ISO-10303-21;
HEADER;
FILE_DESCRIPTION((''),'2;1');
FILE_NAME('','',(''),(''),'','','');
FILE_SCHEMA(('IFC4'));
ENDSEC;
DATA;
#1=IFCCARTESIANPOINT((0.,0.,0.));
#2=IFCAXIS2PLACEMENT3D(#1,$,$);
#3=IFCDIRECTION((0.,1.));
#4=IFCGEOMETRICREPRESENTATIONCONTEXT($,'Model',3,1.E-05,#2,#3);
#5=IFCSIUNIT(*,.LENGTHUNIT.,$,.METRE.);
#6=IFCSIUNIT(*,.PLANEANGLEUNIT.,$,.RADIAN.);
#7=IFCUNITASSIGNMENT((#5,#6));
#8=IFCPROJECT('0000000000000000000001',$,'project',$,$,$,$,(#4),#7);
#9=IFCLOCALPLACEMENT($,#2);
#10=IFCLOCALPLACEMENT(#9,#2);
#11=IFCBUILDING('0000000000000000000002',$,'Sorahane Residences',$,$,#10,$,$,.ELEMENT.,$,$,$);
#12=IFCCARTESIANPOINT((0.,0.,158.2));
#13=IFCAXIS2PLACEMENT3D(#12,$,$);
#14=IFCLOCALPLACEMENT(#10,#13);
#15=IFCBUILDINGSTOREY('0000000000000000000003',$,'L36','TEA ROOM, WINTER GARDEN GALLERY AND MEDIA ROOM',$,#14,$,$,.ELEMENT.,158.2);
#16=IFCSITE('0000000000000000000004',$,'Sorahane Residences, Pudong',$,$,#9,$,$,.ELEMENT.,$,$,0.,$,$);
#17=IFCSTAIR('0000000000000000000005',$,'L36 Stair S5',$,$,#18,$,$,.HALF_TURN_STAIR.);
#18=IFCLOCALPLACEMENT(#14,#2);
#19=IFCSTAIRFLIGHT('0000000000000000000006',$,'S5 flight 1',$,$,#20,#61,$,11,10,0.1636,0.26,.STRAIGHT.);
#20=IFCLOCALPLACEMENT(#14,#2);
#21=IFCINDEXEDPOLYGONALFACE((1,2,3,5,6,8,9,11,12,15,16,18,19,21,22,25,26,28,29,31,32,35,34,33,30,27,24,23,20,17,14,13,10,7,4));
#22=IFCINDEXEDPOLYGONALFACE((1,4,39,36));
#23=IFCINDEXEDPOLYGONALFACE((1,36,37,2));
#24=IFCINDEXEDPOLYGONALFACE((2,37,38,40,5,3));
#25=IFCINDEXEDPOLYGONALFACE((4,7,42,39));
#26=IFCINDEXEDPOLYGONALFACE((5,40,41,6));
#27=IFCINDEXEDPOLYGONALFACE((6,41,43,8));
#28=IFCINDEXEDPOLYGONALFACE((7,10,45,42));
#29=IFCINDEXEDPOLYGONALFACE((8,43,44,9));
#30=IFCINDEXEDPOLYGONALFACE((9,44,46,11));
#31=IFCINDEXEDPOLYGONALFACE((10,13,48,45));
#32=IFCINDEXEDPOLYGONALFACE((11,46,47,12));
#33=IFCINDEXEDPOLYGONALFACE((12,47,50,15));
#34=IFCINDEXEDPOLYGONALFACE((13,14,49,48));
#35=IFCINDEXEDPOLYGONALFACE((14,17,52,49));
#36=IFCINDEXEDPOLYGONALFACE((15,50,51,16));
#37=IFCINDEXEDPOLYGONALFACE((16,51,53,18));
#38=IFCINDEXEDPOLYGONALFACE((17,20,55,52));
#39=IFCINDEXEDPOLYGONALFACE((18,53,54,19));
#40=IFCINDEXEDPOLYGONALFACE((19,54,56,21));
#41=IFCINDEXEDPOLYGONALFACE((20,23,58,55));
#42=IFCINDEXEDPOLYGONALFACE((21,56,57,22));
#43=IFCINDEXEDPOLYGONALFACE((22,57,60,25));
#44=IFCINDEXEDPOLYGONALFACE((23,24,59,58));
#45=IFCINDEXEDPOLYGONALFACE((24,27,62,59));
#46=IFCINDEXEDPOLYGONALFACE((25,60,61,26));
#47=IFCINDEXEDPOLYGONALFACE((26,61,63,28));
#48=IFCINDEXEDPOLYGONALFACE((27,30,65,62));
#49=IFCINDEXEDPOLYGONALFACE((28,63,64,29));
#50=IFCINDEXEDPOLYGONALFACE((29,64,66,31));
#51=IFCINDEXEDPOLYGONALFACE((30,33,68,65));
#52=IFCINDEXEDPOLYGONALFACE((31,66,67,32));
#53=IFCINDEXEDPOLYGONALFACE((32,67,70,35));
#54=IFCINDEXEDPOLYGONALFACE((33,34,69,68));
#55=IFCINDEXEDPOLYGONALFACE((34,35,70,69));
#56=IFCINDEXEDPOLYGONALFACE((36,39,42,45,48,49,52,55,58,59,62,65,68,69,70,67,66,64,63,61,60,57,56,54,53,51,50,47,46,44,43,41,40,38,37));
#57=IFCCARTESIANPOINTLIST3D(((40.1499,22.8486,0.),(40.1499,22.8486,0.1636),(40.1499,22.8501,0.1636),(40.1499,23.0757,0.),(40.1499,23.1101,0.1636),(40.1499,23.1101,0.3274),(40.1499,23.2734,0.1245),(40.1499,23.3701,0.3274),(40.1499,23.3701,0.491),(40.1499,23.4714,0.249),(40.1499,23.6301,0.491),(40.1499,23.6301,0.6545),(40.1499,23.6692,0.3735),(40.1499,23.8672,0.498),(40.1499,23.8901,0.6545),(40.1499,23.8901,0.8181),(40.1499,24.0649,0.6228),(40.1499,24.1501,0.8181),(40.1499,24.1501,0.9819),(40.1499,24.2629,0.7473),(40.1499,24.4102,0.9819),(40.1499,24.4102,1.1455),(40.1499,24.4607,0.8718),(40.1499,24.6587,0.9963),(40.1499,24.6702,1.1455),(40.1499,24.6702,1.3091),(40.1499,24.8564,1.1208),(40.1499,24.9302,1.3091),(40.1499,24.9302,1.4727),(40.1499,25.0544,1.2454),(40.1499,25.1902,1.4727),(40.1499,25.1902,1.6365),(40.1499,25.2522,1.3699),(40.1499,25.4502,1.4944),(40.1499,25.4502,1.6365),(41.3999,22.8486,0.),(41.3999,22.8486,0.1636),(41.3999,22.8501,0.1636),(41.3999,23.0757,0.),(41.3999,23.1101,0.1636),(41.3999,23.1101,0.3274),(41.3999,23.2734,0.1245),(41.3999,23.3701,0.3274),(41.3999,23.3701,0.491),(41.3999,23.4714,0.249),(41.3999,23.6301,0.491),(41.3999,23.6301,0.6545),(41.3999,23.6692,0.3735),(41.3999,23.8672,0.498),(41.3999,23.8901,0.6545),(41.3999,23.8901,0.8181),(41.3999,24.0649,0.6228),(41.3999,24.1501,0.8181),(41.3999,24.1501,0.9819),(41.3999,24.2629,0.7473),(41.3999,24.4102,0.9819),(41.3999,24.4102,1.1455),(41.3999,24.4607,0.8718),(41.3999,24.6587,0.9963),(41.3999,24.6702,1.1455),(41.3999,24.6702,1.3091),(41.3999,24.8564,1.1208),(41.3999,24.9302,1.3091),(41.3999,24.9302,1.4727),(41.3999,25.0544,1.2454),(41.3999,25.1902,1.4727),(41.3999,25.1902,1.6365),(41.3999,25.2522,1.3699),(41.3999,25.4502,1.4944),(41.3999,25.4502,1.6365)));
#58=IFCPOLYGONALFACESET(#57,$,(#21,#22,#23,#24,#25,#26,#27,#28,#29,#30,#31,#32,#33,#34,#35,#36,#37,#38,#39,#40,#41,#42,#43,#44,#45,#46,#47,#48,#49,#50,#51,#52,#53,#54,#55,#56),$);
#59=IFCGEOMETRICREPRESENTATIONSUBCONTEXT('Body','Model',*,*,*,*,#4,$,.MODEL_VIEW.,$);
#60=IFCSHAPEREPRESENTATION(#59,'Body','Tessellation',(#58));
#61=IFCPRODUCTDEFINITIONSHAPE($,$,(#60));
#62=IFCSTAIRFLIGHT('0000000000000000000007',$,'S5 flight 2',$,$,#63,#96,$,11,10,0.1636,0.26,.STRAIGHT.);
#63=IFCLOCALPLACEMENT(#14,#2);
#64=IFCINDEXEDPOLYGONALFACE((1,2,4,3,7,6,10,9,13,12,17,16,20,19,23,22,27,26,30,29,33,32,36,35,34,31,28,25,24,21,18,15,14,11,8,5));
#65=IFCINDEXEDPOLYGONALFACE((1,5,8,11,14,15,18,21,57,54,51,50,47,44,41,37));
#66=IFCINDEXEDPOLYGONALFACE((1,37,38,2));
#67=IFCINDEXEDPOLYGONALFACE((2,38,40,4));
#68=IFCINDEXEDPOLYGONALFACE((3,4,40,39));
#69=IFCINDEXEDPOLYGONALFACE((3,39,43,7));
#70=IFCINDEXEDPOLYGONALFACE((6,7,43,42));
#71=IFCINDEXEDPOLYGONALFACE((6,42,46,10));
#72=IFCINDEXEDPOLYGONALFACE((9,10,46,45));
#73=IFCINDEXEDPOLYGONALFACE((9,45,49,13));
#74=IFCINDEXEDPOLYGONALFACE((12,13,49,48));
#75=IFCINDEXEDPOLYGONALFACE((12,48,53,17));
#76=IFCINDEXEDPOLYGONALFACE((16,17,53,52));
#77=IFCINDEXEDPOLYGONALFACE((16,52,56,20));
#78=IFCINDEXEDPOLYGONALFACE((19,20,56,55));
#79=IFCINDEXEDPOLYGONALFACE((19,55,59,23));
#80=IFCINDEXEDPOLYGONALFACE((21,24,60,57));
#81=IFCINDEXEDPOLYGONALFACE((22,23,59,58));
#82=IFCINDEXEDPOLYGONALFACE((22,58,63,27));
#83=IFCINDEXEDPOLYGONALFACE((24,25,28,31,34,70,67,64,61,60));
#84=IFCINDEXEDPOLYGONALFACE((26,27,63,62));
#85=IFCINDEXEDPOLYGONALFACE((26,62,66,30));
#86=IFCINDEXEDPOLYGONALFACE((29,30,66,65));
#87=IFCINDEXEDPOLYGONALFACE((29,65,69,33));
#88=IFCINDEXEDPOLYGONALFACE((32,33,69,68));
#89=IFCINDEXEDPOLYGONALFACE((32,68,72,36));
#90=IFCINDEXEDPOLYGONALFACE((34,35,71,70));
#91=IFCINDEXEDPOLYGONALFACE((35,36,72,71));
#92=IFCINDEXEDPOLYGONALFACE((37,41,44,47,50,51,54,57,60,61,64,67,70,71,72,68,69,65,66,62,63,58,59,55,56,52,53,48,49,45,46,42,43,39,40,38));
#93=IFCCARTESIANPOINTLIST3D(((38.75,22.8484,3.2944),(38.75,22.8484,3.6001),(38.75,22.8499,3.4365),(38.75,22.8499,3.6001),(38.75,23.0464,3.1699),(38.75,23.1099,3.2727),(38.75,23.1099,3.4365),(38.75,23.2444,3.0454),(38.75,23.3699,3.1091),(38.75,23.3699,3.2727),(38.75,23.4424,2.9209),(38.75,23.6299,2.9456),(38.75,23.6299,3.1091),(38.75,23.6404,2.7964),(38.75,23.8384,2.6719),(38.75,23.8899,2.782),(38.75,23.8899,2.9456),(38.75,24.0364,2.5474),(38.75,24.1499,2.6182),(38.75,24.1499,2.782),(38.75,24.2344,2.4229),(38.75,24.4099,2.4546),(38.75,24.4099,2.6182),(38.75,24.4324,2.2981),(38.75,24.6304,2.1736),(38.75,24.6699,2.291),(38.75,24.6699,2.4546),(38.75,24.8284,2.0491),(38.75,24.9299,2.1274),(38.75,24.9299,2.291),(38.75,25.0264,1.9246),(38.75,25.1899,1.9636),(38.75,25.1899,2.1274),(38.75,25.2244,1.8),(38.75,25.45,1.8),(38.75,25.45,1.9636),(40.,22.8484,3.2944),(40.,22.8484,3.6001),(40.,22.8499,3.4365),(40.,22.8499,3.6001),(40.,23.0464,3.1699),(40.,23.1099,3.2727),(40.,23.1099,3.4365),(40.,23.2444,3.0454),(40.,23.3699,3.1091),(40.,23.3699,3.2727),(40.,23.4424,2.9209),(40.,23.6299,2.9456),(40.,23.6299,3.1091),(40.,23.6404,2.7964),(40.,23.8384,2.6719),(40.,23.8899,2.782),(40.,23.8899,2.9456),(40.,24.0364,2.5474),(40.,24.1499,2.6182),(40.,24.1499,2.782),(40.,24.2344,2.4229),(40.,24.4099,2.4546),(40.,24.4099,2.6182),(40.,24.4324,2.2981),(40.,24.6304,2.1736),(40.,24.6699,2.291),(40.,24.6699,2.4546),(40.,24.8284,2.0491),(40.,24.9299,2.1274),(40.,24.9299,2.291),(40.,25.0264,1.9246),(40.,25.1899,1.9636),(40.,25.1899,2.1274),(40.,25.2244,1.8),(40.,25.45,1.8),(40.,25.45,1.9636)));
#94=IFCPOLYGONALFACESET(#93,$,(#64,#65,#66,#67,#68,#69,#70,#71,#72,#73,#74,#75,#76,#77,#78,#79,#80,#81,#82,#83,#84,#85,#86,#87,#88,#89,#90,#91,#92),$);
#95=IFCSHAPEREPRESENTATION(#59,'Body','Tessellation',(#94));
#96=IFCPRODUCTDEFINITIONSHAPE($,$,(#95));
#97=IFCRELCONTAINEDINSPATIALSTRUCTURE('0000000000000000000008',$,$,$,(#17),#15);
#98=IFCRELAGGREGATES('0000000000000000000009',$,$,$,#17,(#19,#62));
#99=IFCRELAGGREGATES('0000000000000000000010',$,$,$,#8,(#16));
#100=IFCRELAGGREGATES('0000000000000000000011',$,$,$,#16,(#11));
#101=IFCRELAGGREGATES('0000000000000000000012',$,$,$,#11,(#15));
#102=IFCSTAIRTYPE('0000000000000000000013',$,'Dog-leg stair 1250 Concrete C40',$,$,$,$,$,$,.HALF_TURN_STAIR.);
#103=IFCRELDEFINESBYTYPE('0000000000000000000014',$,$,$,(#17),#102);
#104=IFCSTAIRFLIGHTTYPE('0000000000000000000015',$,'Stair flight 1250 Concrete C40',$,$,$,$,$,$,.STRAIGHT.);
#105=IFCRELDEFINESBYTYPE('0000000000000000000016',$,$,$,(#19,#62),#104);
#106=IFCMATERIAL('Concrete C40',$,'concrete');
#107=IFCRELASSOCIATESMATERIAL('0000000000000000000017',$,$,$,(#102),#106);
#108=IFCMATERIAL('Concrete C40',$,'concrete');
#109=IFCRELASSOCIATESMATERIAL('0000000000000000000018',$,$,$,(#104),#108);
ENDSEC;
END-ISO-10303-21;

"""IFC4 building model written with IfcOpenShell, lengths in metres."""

from ifc_helpers import new_model, si_unit, direction, frame, origin, place, context, subcontext, project, spatial, polyline, outline, extrude, material, type_object, element, aggregate, save


model = new_model("IFC4")

# Units and contexts
model_context = context("Model", 3, precision=1e-05, world=origin(), true_north=direction((0.0, 1.0)))
body_context = subcontext(model_context, "Body", "Model", "MODEL_VIEW")
ifc_project = project(units=[si_unit("LENGTHUNIT", "METRE"), si_unit("PLANEANGLEUNIT", "RADIAN")], contexts=[model_context])

# Site, building, storey
site_placement = place(None, origin())
site = spatial("IfcSite", under=ifc_project, at=site_placement, Name="Sorahane Residences, Pudong", CompositionType="ELEMENT", RefElevation=0.0)
building_placement = place(site_placement, origin())
building = spatial("IfcBuilding", under=site, at=building_placement, Name="Sorahane Residences", CompositionType="ELEMENT")
storey_placement = place(building_placement, frame((0.0, 0.0, 158.2)))
storey = spatial("IfcBuildingStorey", under=building, at=storey_placement, Name="L36", Description="TEA ROOM, WINTER GARDEN GALLERY AND MEDIA ROOM", CompositionType="ELEMENT", Elevation=158.2)

# Stair, stair flights
ifc_material_1 = material(Name="Concrete C40", Category="concrete")
stair_type = type_object("IfcStairType", Name="Dog-leg stair 1250 Concrete C40", PredefinedType="HALF_TURN_STAIR", material=ifc_material_1)
stair_placement = place(storey_placement, origin())
stair = element("IfcStair", 1, at=stair_placement, inside=storey, type_object=stair_type, Name="L36 Stair S5", PredefinedType="HALF_TURN_STAIR")
ifc_material_2 = material(Name="Concrete C40", Category="concrete")
stair_flight_type = type_object("IfcStairFlightType", Name="Stair flight 1250 Concrete C40", PredefinedType="STRAIGHT", material=ifc_material_2)
stair_flight_1_placement = place(storey_placement, frame((40.7749, 22.8501, 0.0), z_axis=(0.0, 0.0, 1.0), x_axis=(0.0, 1.0, 0.0)))
stair_flight_1 = element("IfcStairFlight", 2, at=stair_flight_1_placement, type_object=stair_flight_type, Name="S5 flight 1", NumberOfRisers=11, NumberOfTreads=10, PredefinedType="STRAIGHT", RiserHeight=0.1636, TreadLength=0.26, context=body_context, shape_type="SweptSolid", body=[
    extrude(outline(polyline([(-0.0015, 0.0), (-0.0015, 0.1636), (0.0, 0.1636), (0.26, 0.1636), (0.26, 0.3274), (0.52, 0.3274), (0.52, 0.491), (0.78, 0.491), (0.78, 0.6545), (1.04, 0.6545), (1.04, 0.8181), (1.3, 0.8181), (1.3, 0.9819), (1.5601, 0.9819), (1.5601, 1.1455), (1.8201, 1.1455), (1.8201, 1.3091), (2.0801, 1.3091), (2.0801, 1.4727), (2.3401, 1.4727), (2.3401, 1.6365), (2.6001, 1.6365), (2.6001, 1.8), (2.6001, 1.4944), (2.4021, 1.3699), (2.2043, 1.2454), (2.0063, 1.1208), (1.8086, 0.9963), (1.6106, 0.8718), (1.4128, 0.7473), (1.2148, 0.6228), (1.0171, 0.498), (0.8191, 0.3735), (0.6213, 0.249), (0.4233, 0.1245), (0.2256, 0.0), (-0.0015, 0.0)])), frame((0.0, 0.625, 0.0), z_axis=(0.0, -1.0, 0.0), x_axis=(1.0, 0.0, 0.0)), (0.0, 0.0, 1.0), 1.25),
])
stair_flight_2_placement = place(storey_placement, frame((39.375, 25.45, 1.8), z_axis=(0.0, 0.0, 1.0), x_axis=(0.0, -1.0, 0.0)))
stair_flight_2 = element("IfcStairFlight", 3, at=stair_flight_2_placement, type_object=stair_flight_type, Name="S5 flight 2", NumberOfRisers=11, NumberOfTreads=10, PredefinedType="STRAIGHT", RiserHeight=0.1636, TreadLength=0.26, context=body_context, shape_type="SweptSolid", body=[
    extrude(outline(polyline([(0.0, 0.0), (0.0, 0.1636), (0.26, 0.1636), (0.26, 0.3274), (0.52, 0.3274), (0.52, 0.491), (0.78, 0.491), (0.78, 0.6545), (1.04, 0.6545), (1.04, 0.8181), (1.3, 0.8181), (1.3, 0.9819), (1.5601, 0.9819), (1.5601, 1.1455), (1.8201, 1.1455), (1.8201, 1.3091), (2.0801, 1.3091), (2.0801, 1.4727), (2.3401, 1.4727), (2.3401, 1.6365), (2.6001, 1.6365), (2.6001, 1.8), (2.6016, 1.8), (2.6016, 1.4944), (2.4036, 1.3699), (2.2056, 1.2454), (2.0076, 1.1208), (1.8096, 0.9963), (1.6116, 0.8718), (1.4136, 0.7473), (1.2156, 0.6228), (1.0176, 0.498), (0.8196, 0.3735), (0.6216, 0.249), (0.4236, 0.1245), (0.2256, 0.0), (0.0, 0.0)])), frame((0.0, 0.625, 0.0), z_axis=(0.0, -1.0, 0.0), x_axis=(1.0, 0.0, 0.0)), (0.0, 0.0, 1.0), 1.25),
])
aggregate(stair, [stair_flight_1, stair_flight_2])

save(model, "model.ifc")
